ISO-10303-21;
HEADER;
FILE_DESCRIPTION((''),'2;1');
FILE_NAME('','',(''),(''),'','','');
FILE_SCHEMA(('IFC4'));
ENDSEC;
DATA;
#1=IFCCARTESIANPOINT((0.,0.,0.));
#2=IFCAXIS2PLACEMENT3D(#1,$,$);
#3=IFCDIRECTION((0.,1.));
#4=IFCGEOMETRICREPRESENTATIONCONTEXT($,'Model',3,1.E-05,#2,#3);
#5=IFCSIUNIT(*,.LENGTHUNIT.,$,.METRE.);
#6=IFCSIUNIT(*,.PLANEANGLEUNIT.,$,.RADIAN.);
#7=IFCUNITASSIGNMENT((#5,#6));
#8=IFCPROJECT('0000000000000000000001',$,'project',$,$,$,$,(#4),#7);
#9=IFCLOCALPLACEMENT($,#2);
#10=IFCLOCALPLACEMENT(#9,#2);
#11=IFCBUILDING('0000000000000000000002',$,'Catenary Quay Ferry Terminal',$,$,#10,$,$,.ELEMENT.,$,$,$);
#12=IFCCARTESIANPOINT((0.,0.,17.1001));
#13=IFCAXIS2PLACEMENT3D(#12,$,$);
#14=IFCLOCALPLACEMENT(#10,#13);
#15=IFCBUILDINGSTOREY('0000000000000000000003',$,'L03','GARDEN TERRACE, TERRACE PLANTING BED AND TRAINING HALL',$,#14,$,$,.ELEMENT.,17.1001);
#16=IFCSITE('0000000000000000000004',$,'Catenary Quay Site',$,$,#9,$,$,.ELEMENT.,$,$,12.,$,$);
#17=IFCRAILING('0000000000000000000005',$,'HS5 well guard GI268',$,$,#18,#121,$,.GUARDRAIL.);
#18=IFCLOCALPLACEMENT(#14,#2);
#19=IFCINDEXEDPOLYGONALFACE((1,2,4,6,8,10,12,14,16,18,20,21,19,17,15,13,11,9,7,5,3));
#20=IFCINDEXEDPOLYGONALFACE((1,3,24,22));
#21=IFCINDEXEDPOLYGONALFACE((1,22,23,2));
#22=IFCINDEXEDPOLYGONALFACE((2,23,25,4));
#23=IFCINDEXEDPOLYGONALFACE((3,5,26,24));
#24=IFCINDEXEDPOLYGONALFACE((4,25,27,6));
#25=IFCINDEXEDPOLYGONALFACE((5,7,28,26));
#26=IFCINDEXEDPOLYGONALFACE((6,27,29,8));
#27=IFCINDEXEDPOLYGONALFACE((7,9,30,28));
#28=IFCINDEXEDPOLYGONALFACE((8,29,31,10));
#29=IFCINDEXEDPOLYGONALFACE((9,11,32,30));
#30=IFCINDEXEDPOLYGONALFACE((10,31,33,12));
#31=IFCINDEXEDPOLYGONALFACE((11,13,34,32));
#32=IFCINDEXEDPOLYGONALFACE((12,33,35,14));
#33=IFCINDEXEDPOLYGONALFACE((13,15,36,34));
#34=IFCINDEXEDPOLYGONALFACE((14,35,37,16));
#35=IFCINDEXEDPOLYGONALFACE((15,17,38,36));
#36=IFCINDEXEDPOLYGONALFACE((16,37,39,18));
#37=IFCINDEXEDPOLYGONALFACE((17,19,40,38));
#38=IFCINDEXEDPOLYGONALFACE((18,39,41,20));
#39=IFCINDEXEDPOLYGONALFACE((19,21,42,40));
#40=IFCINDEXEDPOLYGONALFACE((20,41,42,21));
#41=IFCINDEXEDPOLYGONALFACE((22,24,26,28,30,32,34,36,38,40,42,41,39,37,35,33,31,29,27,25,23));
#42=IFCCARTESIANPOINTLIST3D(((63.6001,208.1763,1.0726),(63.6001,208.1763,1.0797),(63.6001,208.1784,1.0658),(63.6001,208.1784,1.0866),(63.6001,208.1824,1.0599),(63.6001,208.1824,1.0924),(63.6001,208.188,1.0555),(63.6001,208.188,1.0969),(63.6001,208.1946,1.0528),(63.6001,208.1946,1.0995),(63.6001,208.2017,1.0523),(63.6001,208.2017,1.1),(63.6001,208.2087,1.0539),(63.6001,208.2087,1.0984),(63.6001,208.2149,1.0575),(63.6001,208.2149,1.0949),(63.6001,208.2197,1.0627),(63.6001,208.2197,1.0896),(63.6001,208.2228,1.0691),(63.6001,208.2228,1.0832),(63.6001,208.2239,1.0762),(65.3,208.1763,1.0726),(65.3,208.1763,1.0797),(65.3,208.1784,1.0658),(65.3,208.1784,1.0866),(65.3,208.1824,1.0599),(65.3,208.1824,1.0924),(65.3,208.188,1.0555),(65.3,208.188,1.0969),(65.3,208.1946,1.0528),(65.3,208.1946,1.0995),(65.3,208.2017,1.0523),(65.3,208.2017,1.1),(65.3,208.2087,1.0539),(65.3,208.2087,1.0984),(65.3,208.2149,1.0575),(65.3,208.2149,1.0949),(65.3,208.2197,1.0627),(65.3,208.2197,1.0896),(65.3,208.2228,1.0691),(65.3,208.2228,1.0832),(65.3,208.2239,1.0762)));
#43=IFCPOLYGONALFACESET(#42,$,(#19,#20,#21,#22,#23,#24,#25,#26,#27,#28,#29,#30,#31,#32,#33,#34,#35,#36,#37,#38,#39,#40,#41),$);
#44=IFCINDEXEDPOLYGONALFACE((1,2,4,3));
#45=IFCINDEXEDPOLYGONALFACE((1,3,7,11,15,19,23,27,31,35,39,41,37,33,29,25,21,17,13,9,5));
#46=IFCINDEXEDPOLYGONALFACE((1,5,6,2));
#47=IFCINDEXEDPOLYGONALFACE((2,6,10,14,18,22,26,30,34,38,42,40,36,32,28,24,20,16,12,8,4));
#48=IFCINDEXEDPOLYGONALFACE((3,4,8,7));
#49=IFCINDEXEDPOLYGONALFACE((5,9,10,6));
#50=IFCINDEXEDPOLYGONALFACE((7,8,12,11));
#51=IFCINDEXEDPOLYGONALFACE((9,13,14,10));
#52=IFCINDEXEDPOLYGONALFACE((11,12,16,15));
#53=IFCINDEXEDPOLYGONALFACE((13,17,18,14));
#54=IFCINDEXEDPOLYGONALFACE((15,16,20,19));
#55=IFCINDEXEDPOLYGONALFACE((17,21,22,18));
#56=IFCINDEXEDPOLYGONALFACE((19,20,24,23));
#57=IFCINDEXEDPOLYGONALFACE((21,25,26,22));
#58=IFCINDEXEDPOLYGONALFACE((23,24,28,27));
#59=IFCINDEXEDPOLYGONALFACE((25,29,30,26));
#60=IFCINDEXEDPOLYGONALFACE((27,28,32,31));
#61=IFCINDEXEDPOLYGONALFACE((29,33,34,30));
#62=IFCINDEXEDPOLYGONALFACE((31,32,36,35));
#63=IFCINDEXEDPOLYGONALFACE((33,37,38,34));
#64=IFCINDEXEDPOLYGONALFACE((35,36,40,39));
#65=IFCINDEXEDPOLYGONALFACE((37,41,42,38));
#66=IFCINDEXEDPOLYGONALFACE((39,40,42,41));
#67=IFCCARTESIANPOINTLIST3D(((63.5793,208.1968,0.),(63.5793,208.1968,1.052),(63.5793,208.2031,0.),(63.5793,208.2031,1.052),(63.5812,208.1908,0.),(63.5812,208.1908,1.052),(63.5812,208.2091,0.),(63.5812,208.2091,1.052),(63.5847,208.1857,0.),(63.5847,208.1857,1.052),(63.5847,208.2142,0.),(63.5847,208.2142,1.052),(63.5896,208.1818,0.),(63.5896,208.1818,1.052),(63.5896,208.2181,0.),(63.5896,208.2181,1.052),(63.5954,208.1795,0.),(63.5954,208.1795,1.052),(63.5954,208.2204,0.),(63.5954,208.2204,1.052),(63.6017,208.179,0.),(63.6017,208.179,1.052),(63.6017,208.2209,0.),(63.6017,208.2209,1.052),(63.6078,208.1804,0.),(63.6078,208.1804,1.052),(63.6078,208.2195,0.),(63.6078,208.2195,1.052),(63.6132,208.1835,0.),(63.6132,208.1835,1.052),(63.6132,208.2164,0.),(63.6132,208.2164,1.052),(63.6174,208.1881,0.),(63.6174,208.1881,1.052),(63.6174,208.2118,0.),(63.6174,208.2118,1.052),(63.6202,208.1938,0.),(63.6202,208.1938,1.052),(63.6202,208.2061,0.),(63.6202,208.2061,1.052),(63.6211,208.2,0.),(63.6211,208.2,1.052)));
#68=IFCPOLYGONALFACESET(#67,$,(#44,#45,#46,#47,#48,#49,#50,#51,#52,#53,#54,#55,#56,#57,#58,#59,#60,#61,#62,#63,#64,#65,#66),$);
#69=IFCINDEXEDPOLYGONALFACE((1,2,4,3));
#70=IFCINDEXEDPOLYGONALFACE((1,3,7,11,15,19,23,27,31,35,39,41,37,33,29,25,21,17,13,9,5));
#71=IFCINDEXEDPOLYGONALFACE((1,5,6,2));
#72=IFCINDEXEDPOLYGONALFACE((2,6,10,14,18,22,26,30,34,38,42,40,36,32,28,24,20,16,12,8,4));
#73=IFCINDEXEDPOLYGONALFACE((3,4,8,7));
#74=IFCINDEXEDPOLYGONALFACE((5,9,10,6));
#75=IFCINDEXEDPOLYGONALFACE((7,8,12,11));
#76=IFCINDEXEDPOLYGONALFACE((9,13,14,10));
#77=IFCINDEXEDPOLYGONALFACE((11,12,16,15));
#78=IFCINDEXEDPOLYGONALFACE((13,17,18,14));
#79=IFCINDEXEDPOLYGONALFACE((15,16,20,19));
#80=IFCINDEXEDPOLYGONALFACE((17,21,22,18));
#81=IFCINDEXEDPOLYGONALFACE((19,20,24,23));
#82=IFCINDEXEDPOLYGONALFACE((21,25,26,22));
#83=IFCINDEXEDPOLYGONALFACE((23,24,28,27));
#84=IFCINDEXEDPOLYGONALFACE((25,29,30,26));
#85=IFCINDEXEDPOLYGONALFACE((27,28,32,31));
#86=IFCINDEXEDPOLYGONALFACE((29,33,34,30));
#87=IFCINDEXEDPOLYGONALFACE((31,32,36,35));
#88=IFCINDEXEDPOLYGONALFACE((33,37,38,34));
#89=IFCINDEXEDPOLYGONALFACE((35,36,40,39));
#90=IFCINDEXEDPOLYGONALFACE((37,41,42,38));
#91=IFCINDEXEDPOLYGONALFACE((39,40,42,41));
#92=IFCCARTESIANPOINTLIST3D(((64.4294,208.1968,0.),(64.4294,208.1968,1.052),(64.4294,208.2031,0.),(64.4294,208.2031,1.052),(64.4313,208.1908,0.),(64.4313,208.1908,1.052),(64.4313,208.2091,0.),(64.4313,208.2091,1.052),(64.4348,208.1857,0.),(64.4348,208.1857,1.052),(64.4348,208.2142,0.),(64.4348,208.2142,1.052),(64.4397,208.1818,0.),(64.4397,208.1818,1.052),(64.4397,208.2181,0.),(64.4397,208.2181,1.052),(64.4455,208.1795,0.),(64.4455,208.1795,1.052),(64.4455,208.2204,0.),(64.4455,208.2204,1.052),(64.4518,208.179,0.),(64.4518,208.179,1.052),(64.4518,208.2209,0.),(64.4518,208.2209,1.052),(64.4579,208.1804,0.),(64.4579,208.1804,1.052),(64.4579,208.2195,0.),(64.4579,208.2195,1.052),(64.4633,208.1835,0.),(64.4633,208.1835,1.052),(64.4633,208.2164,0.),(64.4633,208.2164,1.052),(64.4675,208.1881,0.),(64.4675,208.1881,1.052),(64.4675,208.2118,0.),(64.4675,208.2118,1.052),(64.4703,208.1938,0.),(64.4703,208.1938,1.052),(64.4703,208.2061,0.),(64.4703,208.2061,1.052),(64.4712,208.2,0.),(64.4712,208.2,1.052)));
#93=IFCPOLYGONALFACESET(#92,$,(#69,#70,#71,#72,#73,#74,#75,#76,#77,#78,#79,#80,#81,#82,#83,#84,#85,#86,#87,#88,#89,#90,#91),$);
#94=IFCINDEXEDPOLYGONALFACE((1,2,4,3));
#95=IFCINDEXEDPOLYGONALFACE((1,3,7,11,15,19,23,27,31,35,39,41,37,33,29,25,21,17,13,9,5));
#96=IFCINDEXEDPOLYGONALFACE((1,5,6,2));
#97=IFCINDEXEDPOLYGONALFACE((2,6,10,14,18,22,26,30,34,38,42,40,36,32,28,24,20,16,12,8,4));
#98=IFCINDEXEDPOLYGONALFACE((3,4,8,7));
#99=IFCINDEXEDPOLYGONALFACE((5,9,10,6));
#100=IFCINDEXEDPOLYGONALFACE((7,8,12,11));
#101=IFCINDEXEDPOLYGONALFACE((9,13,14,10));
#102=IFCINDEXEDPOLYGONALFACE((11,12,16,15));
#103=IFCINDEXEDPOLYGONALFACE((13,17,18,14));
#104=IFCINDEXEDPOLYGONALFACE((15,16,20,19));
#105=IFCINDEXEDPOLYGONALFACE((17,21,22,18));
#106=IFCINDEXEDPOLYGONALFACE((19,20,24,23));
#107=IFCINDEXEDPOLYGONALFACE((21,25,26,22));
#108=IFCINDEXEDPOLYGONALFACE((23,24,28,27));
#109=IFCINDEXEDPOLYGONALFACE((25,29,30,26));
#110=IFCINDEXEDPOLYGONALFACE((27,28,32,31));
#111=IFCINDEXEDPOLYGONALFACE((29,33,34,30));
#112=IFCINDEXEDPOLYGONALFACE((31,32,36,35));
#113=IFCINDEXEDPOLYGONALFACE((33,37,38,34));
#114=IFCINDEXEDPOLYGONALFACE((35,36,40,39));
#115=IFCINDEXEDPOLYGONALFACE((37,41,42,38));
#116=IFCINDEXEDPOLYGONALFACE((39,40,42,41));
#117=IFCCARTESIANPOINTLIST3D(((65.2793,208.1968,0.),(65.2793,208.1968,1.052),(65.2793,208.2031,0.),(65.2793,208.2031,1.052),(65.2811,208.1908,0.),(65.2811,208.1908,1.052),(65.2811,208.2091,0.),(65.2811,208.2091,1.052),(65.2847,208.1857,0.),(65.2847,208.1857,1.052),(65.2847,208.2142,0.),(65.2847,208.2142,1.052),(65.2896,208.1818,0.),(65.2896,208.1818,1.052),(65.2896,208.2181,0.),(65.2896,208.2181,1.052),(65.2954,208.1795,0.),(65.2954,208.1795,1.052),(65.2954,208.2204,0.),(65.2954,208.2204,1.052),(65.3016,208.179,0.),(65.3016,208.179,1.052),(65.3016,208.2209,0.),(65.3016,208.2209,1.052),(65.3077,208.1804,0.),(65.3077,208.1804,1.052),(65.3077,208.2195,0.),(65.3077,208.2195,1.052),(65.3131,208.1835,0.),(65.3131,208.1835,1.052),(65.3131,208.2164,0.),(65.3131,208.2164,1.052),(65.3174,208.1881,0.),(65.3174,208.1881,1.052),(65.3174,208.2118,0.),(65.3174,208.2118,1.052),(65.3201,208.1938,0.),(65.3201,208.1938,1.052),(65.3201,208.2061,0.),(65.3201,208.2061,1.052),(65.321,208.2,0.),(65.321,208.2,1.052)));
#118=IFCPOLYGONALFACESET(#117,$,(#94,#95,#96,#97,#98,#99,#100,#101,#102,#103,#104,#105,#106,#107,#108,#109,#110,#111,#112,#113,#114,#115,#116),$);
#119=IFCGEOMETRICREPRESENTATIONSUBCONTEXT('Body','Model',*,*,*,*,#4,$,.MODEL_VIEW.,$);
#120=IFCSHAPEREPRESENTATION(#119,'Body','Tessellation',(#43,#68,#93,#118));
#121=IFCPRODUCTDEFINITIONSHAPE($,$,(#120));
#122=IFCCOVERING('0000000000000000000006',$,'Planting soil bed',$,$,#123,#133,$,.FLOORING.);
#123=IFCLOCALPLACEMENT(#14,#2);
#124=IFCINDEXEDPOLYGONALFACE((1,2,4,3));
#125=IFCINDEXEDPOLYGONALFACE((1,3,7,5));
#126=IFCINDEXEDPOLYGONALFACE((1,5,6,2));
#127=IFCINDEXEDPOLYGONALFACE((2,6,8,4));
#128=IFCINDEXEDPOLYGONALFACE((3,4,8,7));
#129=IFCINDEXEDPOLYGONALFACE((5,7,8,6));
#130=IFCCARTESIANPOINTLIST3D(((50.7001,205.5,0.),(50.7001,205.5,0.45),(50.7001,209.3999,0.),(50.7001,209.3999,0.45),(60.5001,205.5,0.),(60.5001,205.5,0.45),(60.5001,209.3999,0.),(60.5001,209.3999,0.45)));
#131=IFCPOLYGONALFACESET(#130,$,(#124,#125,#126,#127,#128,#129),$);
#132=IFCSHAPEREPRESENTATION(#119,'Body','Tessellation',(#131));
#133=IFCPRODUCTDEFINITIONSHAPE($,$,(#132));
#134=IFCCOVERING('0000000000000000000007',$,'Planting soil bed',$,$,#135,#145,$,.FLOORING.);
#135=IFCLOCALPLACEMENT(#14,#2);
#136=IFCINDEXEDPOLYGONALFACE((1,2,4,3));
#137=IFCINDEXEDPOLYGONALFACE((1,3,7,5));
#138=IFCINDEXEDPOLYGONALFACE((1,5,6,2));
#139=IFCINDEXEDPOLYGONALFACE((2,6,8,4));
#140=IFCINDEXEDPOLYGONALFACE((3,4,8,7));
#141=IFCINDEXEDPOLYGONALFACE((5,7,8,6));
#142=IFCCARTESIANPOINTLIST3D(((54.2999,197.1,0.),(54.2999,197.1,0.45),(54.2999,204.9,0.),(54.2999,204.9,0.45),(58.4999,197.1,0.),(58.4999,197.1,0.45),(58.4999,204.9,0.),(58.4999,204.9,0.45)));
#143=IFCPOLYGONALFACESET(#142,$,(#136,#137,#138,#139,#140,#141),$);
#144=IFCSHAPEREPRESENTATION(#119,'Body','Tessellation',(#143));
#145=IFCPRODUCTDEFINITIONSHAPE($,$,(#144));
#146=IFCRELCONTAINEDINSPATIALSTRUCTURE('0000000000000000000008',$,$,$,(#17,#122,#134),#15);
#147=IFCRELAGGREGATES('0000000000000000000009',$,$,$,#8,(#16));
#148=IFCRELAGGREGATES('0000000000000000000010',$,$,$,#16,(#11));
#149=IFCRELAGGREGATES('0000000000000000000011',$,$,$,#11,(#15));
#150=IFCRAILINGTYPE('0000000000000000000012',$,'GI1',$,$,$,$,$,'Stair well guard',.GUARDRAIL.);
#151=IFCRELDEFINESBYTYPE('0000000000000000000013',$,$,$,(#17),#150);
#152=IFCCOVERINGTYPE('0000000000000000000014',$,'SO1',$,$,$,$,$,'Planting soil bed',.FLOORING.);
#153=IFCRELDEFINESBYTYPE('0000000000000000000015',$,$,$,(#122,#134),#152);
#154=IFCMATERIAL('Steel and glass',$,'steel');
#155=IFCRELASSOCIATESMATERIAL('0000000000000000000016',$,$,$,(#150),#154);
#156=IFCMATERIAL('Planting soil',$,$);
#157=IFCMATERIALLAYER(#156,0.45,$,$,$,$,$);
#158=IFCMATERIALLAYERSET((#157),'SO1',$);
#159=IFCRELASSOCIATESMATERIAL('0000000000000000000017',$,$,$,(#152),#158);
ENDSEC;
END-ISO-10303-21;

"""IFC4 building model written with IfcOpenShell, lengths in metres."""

from ifc_helpers import new_model, si_unit, direction, frame, origin, origin_2d, place, context, subcontext, project, spatial, rectangle, circle, extrude, material, layer, layer_set, type_object, element, save


model = new_model("IFC4")

# Units and contexts
model_context = context("Model", 3, precision=1e-05, world=origin(), true_north=direction((0.0, 1.0)))
body_context = subcontext(model_context, "Body", "Model", "MODEL_VIEW")
ifc_project = project(units=[si_unit("LENGTHUNIT", "METRE"), si_unit("PLANEANGLEUNIT", "RADIAN")], contexts=[model_context])

# Site, building, storey
site_placement = place(None, origin())
site = spatial("IfcSite", under=ifc_project, at=site_placement, Name="Catenary Quay Site", CompositionType="ELEMENT", RefElevation=12.0)
building_placement = place(site_placement, origin())
building = spatial("IfcBuilding", under=site, at=building_placement, Name="Catenary Quay Ferry Terminal", CompositionType="ELEMENT")
storey_placement = place(building_placement, frame((0.0, 0.0, 17.1001)))
storey = spatial("IfcBuildingStorey", under=building, at=storey_placement, Name="L03", Description="GARDEN TERRACE, TERRACE PLANTING BED AND TRAINING HALL", CompositionType="ELEMENT", Elevation=17.1001)

# Railing
ifc_material_1 = material(Name="Steel and glass", Category="steel")
railing_type = type_object("IfcRailingType", Name="GI1", ElementType="Stair well guard", PredefinedType="GUARDRAIL", material=ifc_material_1)
railing_placement = place(storey_placement, frame((63.6001, 208.2, 0.0)))
element("IfcRailing", 1, at=railing_placement, inside=storey, type_object=railing_type, Name="HS5 well guard GI268", PredefinedType="GUARDRAIL", context=body_context, shape_type="SweptSolid", body=[
    extrude(circle(Radius=0.0239, at=origin_2d()), frame((0.0, 0.0, 1.0762), z_axis=(1.0, 0.0, 0.0), x_axis=(0.0, 1.0, 0.0)), (0.0, 0.0, 1.0), 1.7),
    extrude(circle(Radius=0.021, at=origin_2d()), origin(), (0.0, 0.0, 1.0), 1.052),
    extrude(circle(Radius=0.021, at=origin_2d()), frame((0.8501, 0.0, 0.0)), (0.0, 0.0, 1.0), 1.052),
    extrude(circle(Radius=0.021, at=origin_2d()), frame((1.7, 0.0, 0.0)), (0.0, 0.0, 1.0), 1.052),
])

# Coverings
ifc_material_2 = material(Name="Planting soil")
ifc_layer_1 = layer(ifc_material_2, 0.45)
ifc_layer_set_1 = layer_set([ifc_layer_1], Name="SO1")
covering_type_1 = type_object("IfcCoveringType", Name="SO1", ElementType="Planting soil bed", PredefinedType="FLOORING", material=ifc_layer_set_1)
covering_1_placement = place(storey_placement, frame((55.6001, 207.45, 0.0), z_axis=(0.0, 0.0, 1.0), x_axis=(1.0, 0.0, 0.0)))
element("IfcCovering", 2, at=covering_1_placement, inside=storey, type_object=covering_type_1, Name="Planting soil bed", PredefinedType="FLOORING", context=body_context, shape_type="SweptSolid", body=[
    extrude(rectangle(XDim=9.8, YDim=3.8999, at=origin_2d()), origin(), (0.0, 0.0, 1.0), 0.45),
])
covering_2_placement = place(storey_placement, frame((56.3999, 201.0, 0.0), z_axis=(0.0, 0.0, 1.0), x_axis=(1.0, 0.0, 0.0)))
element("IfcCovering", 3, at=covering_2_placement, inside=storey, type_object=covering_type_1, Name="Planting soil bed", PredefinedType="FLOORING", context=body_context, shape_type="SweptSolid", body=[
    extrude(rectangle(XDim=4.2, YDim=7.8, at=origin_2d()), origin(), (0.0, 0.0, 1.0), 0.45),
])

save(model, "model.ifc")
